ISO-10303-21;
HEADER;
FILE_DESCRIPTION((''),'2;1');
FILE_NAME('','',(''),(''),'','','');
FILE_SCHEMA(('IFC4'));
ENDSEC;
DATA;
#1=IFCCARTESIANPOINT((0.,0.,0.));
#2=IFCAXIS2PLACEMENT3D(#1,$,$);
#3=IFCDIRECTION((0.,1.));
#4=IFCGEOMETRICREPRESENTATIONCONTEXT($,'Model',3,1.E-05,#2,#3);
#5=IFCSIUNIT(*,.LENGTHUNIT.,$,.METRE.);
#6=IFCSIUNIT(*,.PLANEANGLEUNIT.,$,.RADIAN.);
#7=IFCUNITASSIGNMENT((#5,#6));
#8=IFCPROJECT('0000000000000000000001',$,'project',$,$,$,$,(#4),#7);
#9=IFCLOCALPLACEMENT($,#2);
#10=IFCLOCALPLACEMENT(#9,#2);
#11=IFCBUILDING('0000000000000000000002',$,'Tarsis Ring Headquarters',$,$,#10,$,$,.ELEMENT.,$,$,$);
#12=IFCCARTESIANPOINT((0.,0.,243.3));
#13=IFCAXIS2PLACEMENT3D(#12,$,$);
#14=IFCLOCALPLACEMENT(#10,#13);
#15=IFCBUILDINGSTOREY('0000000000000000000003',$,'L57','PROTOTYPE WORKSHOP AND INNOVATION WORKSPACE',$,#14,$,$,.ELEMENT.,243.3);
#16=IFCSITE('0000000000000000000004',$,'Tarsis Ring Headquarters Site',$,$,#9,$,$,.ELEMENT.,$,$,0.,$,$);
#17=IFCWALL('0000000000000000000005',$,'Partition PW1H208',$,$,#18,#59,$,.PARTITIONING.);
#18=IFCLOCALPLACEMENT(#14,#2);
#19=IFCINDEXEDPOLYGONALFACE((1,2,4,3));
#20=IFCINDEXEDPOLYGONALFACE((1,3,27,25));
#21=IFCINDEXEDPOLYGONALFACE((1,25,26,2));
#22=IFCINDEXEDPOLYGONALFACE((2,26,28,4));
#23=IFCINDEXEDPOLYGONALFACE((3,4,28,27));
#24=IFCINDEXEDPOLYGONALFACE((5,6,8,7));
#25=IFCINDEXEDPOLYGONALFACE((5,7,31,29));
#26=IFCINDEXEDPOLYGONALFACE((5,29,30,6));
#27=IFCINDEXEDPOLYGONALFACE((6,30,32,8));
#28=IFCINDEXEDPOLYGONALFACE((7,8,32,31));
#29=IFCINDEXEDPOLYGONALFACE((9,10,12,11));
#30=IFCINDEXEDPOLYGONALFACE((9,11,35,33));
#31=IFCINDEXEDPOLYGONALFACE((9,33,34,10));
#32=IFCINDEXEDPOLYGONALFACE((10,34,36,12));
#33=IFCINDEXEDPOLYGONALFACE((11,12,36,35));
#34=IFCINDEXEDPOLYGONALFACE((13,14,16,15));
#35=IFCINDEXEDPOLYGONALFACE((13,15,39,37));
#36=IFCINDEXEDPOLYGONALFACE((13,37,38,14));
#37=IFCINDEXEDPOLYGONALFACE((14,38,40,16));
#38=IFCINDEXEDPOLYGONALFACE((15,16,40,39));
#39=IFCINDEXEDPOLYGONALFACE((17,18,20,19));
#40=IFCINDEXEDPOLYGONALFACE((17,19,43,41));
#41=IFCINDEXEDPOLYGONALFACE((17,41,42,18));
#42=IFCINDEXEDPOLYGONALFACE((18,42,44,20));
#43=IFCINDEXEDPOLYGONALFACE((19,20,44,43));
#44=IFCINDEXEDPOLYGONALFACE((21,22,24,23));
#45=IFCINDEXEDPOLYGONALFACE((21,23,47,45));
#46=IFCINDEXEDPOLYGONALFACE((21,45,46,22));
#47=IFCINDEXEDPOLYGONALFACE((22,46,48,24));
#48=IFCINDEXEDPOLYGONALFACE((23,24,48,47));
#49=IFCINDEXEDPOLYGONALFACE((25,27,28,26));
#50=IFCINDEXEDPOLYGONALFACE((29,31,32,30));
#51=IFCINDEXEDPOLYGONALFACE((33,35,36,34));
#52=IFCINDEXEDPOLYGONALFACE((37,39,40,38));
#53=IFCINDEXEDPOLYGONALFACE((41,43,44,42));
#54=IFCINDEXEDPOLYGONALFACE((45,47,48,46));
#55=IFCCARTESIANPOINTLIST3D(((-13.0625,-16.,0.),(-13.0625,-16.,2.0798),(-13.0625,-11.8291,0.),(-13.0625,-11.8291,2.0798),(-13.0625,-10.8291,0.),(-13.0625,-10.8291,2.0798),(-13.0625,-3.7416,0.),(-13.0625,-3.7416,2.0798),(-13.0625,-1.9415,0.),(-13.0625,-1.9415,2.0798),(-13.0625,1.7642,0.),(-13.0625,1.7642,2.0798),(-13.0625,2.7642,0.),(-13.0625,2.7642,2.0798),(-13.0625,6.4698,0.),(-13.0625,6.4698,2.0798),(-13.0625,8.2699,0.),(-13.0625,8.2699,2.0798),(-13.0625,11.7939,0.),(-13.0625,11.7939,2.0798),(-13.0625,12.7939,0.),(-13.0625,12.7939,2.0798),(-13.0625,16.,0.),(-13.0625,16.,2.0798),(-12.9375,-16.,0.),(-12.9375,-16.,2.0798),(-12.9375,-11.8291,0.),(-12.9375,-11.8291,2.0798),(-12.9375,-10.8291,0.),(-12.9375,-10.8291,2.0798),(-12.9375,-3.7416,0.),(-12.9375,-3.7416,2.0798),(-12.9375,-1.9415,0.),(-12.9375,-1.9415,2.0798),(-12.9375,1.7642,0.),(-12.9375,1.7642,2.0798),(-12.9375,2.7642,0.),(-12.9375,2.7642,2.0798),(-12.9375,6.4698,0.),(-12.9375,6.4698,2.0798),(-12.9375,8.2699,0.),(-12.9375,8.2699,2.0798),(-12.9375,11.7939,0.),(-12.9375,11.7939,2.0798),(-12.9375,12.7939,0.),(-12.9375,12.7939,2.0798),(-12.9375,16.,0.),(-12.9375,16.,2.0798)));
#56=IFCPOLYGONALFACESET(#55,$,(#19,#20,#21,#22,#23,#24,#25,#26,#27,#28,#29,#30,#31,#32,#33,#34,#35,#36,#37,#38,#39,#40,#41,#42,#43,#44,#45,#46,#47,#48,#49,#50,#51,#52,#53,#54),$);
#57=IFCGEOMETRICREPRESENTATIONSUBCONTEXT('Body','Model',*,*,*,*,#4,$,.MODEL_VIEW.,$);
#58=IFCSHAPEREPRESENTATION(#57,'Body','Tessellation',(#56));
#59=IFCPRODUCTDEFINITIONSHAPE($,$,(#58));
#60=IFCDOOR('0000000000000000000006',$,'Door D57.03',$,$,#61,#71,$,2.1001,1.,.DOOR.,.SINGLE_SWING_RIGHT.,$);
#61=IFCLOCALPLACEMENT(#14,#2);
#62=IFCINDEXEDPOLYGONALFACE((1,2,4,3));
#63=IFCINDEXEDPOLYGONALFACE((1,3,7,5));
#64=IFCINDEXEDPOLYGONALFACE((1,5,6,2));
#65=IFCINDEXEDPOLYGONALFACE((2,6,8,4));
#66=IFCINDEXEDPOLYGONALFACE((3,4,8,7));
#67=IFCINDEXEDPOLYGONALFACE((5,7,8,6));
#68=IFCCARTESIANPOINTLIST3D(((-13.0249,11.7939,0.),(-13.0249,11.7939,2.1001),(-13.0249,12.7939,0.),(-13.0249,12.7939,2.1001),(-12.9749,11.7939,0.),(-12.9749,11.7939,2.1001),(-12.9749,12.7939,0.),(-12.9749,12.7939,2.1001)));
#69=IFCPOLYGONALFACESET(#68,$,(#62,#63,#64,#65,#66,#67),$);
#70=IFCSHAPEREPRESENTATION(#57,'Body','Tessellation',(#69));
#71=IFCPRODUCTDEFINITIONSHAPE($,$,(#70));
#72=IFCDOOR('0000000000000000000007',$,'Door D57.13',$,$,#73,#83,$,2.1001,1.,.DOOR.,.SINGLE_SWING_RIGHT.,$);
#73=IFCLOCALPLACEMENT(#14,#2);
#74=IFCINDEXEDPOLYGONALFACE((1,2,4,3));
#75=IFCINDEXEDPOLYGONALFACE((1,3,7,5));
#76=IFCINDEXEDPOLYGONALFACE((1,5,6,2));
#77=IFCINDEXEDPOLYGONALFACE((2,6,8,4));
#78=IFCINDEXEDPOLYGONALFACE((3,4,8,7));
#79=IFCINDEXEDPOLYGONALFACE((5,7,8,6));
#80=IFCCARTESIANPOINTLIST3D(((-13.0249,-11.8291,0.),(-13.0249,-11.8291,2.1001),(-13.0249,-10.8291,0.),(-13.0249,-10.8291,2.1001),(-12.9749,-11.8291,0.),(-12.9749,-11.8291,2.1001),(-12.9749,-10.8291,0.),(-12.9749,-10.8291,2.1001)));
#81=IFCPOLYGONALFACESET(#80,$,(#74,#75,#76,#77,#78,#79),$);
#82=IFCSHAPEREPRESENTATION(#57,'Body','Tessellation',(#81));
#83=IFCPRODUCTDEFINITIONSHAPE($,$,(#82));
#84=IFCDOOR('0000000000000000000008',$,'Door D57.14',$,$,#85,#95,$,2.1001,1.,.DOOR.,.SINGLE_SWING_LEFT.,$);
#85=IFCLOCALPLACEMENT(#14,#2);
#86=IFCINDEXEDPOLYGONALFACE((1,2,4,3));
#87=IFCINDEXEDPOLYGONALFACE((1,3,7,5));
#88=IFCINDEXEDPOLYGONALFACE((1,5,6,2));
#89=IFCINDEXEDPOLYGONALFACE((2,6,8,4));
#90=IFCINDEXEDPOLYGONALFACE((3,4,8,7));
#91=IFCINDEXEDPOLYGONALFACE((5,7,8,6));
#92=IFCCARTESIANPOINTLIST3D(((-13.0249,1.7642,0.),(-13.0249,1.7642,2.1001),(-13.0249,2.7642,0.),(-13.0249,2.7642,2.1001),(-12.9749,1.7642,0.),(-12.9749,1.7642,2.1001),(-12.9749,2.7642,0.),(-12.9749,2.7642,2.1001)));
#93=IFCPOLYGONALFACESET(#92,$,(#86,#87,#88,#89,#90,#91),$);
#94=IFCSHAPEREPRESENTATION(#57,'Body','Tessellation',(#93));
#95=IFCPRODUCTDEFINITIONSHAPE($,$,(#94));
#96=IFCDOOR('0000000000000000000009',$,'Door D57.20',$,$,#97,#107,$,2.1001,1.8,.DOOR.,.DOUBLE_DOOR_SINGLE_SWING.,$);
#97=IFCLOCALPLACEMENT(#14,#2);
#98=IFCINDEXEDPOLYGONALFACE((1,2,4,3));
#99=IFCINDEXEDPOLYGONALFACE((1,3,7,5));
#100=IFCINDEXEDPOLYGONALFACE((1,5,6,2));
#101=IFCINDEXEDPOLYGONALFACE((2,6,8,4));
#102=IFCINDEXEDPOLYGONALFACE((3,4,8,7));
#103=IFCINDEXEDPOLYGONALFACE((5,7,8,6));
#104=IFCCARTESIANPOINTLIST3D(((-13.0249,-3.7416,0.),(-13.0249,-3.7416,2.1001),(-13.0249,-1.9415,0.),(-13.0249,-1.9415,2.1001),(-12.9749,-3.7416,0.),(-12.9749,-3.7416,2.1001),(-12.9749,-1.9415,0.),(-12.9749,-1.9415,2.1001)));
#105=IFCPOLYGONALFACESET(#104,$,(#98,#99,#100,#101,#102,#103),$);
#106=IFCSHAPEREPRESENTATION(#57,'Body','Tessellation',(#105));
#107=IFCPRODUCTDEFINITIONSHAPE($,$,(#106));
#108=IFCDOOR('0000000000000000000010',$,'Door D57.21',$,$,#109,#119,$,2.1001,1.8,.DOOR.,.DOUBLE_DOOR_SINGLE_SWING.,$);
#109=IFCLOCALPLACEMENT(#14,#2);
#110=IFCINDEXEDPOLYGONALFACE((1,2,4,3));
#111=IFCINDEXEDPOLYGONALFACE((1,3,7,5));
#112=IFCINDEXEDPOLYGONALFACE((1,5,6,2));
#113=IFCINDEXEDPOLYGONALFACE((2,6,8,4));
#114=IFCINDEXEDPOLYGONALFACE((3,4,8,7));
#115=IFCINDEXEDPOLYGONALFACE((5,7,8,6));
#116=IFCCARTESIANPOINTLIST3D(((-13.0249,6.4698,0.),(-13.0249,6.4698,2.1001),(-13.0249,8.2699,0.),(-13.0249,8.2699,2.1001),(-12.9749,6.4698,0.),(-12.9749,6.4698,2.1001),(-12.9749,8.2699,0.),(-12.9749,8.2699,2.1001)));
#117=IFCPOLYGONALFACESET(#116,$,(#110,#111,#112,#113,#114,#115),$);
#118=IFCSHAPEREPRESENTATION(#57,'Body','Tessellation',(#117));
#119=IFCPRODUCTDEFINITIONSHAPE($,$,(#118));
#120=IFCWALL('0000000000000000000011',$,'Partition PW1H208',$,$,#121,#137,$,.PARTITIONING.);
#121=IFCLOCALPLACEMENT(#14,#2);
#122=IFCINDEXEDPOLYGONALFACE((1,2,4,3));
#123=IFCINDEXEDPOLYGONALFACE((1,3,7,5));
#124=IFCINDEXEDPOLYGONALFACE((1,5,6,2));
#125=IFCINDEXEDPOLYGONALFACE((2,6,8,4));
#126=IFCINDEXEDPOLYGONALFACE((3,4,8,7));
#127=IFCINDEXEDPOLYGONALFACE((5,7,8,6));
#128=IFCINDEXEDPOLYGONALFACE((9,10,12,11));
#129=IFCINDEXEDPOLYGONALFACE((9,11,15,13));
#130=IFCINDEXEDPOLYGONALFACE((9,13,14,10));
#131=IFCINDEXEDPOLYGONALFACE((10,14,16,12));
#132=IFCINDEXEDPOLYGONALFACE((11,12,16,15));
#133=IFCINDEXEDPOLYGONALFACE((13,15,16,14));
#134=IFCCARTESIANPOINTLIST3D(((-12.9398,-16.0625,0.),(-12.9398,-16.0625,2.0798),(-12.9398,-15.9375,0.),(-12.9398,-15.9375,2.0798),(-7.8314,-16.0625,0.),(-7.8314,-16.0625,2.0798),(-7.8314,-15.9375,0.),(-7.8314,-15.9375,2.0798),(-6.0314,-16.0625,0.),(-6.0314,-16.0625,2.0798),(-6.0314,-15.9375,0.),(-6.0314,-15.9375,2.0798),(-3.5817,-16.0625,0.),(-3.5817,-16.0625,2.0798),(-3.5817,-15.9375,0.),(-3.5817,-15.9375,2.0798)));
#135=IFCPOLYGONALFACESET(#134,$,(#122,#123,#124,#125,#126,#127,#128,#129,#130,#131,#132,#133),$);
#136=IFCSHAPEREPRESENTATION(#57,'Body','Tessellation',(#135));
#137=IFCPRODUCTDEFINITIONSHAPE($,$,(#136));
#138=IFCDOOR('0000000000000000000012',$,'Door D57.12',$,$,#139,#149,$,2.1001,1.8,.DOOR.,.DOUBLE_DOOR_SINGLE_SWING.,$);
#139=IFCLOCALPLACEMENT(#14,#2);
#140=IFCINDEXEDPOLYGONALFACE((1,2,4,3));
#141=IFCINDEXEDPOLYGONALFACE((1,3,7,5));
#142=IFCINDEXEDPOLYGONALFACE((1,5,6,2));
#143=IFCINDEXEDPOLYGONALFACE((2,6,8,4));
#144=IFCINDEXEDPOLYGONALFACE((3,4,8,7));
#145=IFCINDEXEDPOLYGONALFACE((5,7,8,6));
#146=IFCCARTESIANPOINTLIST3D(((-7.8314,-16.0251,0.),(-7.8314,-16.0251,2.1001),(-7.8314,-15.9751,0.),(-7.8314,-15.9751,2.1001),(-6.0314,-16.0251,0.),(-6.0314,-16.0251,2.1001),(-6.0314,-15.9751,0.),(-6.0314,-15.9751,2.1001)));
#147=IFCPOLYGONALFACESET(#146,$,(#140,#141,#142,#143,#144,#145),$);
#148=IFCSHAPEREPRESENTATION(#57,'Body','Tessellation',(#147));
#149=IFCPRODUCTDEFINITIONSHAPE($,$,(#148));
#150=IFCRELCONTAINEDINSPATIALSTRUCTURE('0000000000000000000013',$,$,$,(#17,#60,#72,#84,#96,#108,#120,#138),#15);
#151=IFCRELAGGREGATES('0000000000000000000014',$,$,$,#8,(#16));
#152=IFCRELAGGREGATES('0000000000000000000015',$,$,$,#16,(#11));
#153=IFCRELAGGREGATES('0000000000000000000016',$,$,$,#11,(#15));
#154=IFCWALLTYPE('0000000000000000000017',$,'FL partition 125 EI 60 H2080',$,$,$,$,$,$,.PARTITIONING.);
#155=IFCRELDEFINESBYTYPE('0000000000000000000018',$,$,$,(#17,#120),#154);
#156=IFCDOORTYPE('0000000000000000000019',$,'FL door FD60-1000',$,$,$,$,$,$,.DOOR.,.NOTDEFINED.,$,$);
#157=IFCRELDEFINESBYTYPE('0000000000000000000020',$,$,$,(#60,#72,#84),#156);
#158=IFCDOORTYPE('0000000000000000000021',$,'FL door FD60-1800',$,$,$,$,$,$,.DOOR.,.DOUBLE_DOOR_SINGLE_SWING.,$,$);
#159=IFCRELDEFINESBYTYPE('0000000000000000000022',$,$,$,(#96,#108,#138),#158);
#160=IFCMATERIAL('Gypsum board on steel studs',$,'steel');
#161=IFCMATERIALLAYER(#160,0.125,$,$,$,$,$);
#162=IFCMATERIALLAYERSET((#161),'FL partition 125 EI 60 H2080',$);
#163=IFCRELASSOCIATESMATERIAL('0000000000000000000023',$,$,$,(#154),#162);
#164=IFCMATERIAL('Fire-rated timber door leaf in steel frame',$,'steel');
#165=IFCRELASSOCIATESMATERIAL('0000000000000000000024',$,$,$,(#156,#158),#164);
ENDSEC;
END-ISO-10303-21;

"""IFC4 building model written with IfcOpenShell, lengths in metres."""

from ifc_helpers import new_model, si_unit, direction, frame, frame_2d, origin, place, context, subcontext, project, spatial, rectangle, extrude, material, layer, layer_set, type_object, element, fill, save


model = new_model("IFC4")

# Units and contexts
model_context = context("Model", 3, precision=1e-05, world=origin(), true_north=direction((0.0, 1.0)))
body_context = subcontext(model_context, "Body", "Model", "MODEL_VIEW")
ifc_project = project(units=[si_unit("LENGTHUNIT", "METRE"), si_unit("PLANEANGLEUNIT", "RADIAN")], contexts=[model_context])

# Site, building, storey
site_placement = place(None, origin())
site = spatial("IfcSite", under=ifc_project, at=site_placement, Name="Tarsis Ring Headquarters Site", CompositionType="ELEMENT", RefElevation=0.0)
building_placement = place(site_placement, origin())
building = spatial("IfcBuilding", under=site, at=building_placement, Name="Tarsis Ring Headquarters", CompositionType="ELEMENT")
storey_placement = place(building_placement, frame((0.0, 0.0, 243.3)))
storey = spatial("IfcBuildingStorey", under=building, at=storey_placement, Name="L57", Description="PROTOTYPE WORKSHOP AND INNOVATION WORKSPACE", CompositionType="ELEMENT", Elevation=243.3)

# Wall, openings, doors
ifc_material_1 = material(Name="Gypsum board on steel studs", Category="steel")
ifc_layer_1 = layer(ifc_material_1, 0.125)
ifc_layer_set_1 = layer_set([ifc_layer_1], Name="FL partition 125 EI 60 H2080")
wall_type_1 = type_object("IfcWallType", Name="FL partition 125 EI 60 H2080", PredefinedType="PARTITIONING", material=ifc_layer_set_1)
wall_1_placement = place(storey_placement, frame((-13.0, -16.0, 0.0), z_axis=(0.0, 0.0, 1.0), x_axis=(0.0, 1.0, 0.0)))
wall_1 = element("IfcWall", 1, at=wall_1_placement, inside=storey, type_object=wall_type_1, Name="Partition PW1H208", PredefinedType="PARTITIONING", context=body_context, shape_type="SweptSolid", body=[
    extrude(rectangle(XDim=32.0, YDim=0.125, at=frame_2d((16.0, 0.0))), origin(), (0.0, 0.0, 1.0), 2.0798),
])
opening_1_placement = place(wall_1_placement, frame((27.7939, 0.0, 0.0)))
opening_1 = element("IfcOpeningElement", 2, at=opening_1_placement, cuts=wall_1, PredefinedType="OPENING", context=body_context, shape_type="SweptSolid", body=[
    extrude(rectangle(XDim=1.0, YDim=2.1001, at=frame_2d((0.5, 1.05))), frame((0.0, 0.0725, 0.0), z_axis=(0.0, -1.0, 0.0), x_axis=(1.0, 0.0, 0.0)), (0.0, 0.0, 1.0), 0.145),
])
opening_2_placement = place(wall_1_placement, frame((4.1709, 0.0, 0.0)))
opening_2 = element("IfcOpeningElement", 3, at=opening_2_placement, cuts=wall_1, PredefinedType="OPENING", context=body_context, shape_type="SweptSolid", body=[
    extrude(rectangle(XDim=1.0, YDim=2.1001, at=frame_2d((0.5, 1.05))), frame((0.0, 0.0725, 0.0), z_axis=(0.0, -1.0, 0.0), x_axis=(1.0, 0.0, 0.0)), (0.0, 0.0, 1.0), 0.145),
])
opening_3_placement = place(wall_1_placement, frame((17.7642, 0.0, 0.0)))
opening_3 = element("IfcOpeningElement", 4, at=opening_3_placement, cuts=wall_1, PredefinedType="OPENING", context=body_context, shape_type="SweptSolid", body=[
    extrude(rectangle(XDim=1.0, YDim=2.1001, at=frame_2d((0.5, 1.05))), frame((0.0, 0.0725, 0.0), z_axis=(0.0, -1.0, 0.0), x_axis=(1.0, 0.0, 0.0)), (0.0, 0.0, 1.0), 0.145),
])
opening_4_placement = place(wall_1_placement, frame((12.2585, 0.0, 0.0)))
opening_4 = element("IfcOpeningElement", 5, at=opening_4_placement, cuts=wall_1, PredefinedType="OPENING", context=body_context, shape_type="SweptSolid", body=[
    extrude(rectangle(XDim=1.8, YDim=2.1001, at=frame_2d((0.8999, 1.05))), frame((0.0, 0.0725, 0.0), z_axis=(0.0, -1.0, 0.0), x_axis=(1.0, 0.0, 0.0)), (0.0, 0.0, 1.0), 0.145),
])
opening_5_placement = place(wall_1_placement, frame((22.47, 0.0, 0.0)))
opening_5 = element("IfcOpeningElement", 6, at=opening_5_placement, cuts=wall_1, PredefinedType="OPENING", context=body_context, shape_type="SweptSolid", body=[
    extrude(rectangle(XDim=1.8, YDim=2.1001, at=frame_2d((0.8999, 1.05))), frame((0.0, 0.0725, 0.0), z_axis=(0.0, -1.0, 0.0), x_axis=(1.0, 0.0, 0.0)), (0.0, 0.0, 1.0), 0.145),
])
ifc_material_2 = material(Name="Fire-rated timber door leaf in steel frame", Category="steel")
door_type_1 = type_object("IfcDoorType", Name="FL door FD60-1000", OperationType="NOTDEFINED", PredefinedType="DOOR", material=ifc_material_2)
door_1_placement = place(opening_1_placement, origin())
door_1 = element("IfcDoor", 7, at=door_1_placement, inside=storey, type_object=door_type_1, Name="Door D57.03", OperationType="SINGLE_SWING_RIGHT", OverallHeight=2.1001, OverallWidth=1.0, PredefinedType="DOOR", context=body_context, shape_type="SweptSolid", body=[
    extrude(rectangle(XDim=1.0, YDim=2.1001, at=frame_2d((0.5, 1.05))), frame((0.0, 0.0249, 0.0), z_axis=(0.0, -1.0, 0.0), x_axis=(1.0, 0.0, 0.0)), (0.0, 0.0, 1.0), 0.05),
])
fill(opening_1, door_1)
door_2_placement = place(opening_2_placement, origin())
door_2 = element("IfcDoor", 8, at=door_2_placement, inside=storey, type_object=door_type_1, Name="Door D57.13", OperationType="SINGLE_SWING_RIGHT", OverallHeight=2.1001, OverallWidth=1.0, PredefinedType="DOOR", context=body_context, shape_type="SweptSolid", body=[
    extrude(rectangle(XDim=1.0, YDim=2.1001, at=frame_2d((0.5, 1.05))), frame((0.0, 0.0249, 0.0), z_axis=(0.0, -1.0, 0.0), x_axis=(1.0, 0.0, 0.0)), (0.0, 0.0, 1.0), 0.05),
])
fill(opening_2, door_2)
door_3_placement = place(opening_3_placement, origin())
door_3 = element("IfcDoor", 9, at=door_3_placement, inside=storey, type_object=door_type_1, Name="Door D57.14", OperationType="SINGLE_SWING_LEFT", OverallHeight=2.1001, OverallWidth=1.0, PredefinedType="DOOR", context=body_context, shape_type="SweptSolid", body=[
    extrude(rectangle(XDim=1.0, YDim=2.1001, at=frame_2d((0.5, 1.05))), frame((0.0, 0.0249, 0.0), z_axis=(0.0, -1.0, 0.0), x_axis=(1.0, 0.0, 0.0)), (0.0, 0.0, 1.0), 0.05),
])
fill(opening_3, door_3)
door_type_2 = type_object("IfcDoorType", Name="FL door FD60-1800", OperationType="DOUBLE_DOOR_SINGLE_SWING", PredefinedType="DOOR", material=ifc_material_2)
door_4_placement = place(opening_4_placement, origin())
door_4 = element("IfcDoor", 10, at=door_4_placement, inside=storey, type_object=door_type_2, Name="Door D57.20", OperationType="DOUBLE_DOOR_SINGLE_SWING", OverallHeight=2.1001, OverallWidth=1.8, PredefinedType="DOOR", context=body_context, shape_type="SweptSolid", body=[
    extrude(rectangle(XDim=1.8, YDim=2.1001, at=frame_2d((0.8999, 1.05))), frame((0.0, 0.0249, 0.0), z_axis=(0.0, -1.0, 0.0), x_axis=(1.0, 0.0, 0.0)), (0.0, 0.0, 1.0), 0.05),
])
fill(opening_4, door_4)
door_5_placement = place(opening_5_placement, origin())
door_5 = element("IfcDoor", 11, at=door_5_placement, inside=storey, type_object=door_type_2, Name="Door D57.21", OperationType="DOUBLE_DOOR_SINGLE_SWING", OverallHeight=2.1001, OverallWidth=1.8, PredefinedType="DOOR", context=body_context, shape_type="SweptSolid", body=[
    extrude(rectangle(XDim=1.8, YDim=2.1001, at=frame_2d((0.8999, 1.05))), frame((0.0, 0.0249, 0.0), z_axis=(0.0, -1.0, 0.0), x_axis=(1.0, 0.0, 0.0)), (0.0, 0.0, 1.0), 0.05),
])
fill(opening_5, door_5)

# Wall, opening, door
wall_2_placement = place(storey_placement, frame((-12.9399, -16.0, 0.0), z_axis=(0.0, 0.0, 1.0), x_axis=(1.0, 0.0, 0.0)))
wall_2 = element("IfcWall", 12, at=wall_2_placement, inside=storey, type_object=wall_type_1, Name="Partition PW1H208", PredefinedType="PARTITIONING", context=body_context, shape_type="SweptSolid", body=[
    extrude(rectangle(XDim=9.3582, YDim=0.125, at=frame_2d((4.6792, 0.0))), origin(), (0.0, 0.0, 1.0), 2.0798),
])
opening_6_placement = place(wall_2_placement, frame((5.1086, 0.0, 0.0)))
opening_6 = element("IfcOpeningElement", 13, at=opening_6_placement, cuts=wall_2, PredefinedType="OPENING", context=body_context, shape_type="SweptSolid", body=[
    extrude(rectangle(XDim=1.8, YDim=2.1001, at=frame_2d((0.8999, 1.05))), frame((0.0, 0.0725, 0.0), z_axis=(0.0, -1.0, 0.0), x_axis=(1.0, 0.0, 0.0)), (0.0, 0.0, 1.0), 0.145),
])
door_6_placement = place(opening_6_placement, origin())
door_6 = element("IfcDoor", 14, at=door_6_placement, inside=storey, type_object=door_type_2, Name="Door D57.12", OperationType="DOUBLE_DOOR_SINGLE_SWING", OverallHeight=2.1001, OverallWidth=1.8, PredefinedType="DOOR", context=body_context, shape_type="SweptSolid", body=[
    extrude(rectangle(XDim=1.8, YDim=2.1001, at=frame_2d((0.8999, 1.05))), frame((0.0, 0.0249, 0.0), z_axis=(0.0, -1.0, 0.0), x_axis=(1.0, 0.0, 0.0)), (0.0, 0.0, 1.0), 0.05),
])
fill(opening_6, door_6)

save(model, "model.ifc")
